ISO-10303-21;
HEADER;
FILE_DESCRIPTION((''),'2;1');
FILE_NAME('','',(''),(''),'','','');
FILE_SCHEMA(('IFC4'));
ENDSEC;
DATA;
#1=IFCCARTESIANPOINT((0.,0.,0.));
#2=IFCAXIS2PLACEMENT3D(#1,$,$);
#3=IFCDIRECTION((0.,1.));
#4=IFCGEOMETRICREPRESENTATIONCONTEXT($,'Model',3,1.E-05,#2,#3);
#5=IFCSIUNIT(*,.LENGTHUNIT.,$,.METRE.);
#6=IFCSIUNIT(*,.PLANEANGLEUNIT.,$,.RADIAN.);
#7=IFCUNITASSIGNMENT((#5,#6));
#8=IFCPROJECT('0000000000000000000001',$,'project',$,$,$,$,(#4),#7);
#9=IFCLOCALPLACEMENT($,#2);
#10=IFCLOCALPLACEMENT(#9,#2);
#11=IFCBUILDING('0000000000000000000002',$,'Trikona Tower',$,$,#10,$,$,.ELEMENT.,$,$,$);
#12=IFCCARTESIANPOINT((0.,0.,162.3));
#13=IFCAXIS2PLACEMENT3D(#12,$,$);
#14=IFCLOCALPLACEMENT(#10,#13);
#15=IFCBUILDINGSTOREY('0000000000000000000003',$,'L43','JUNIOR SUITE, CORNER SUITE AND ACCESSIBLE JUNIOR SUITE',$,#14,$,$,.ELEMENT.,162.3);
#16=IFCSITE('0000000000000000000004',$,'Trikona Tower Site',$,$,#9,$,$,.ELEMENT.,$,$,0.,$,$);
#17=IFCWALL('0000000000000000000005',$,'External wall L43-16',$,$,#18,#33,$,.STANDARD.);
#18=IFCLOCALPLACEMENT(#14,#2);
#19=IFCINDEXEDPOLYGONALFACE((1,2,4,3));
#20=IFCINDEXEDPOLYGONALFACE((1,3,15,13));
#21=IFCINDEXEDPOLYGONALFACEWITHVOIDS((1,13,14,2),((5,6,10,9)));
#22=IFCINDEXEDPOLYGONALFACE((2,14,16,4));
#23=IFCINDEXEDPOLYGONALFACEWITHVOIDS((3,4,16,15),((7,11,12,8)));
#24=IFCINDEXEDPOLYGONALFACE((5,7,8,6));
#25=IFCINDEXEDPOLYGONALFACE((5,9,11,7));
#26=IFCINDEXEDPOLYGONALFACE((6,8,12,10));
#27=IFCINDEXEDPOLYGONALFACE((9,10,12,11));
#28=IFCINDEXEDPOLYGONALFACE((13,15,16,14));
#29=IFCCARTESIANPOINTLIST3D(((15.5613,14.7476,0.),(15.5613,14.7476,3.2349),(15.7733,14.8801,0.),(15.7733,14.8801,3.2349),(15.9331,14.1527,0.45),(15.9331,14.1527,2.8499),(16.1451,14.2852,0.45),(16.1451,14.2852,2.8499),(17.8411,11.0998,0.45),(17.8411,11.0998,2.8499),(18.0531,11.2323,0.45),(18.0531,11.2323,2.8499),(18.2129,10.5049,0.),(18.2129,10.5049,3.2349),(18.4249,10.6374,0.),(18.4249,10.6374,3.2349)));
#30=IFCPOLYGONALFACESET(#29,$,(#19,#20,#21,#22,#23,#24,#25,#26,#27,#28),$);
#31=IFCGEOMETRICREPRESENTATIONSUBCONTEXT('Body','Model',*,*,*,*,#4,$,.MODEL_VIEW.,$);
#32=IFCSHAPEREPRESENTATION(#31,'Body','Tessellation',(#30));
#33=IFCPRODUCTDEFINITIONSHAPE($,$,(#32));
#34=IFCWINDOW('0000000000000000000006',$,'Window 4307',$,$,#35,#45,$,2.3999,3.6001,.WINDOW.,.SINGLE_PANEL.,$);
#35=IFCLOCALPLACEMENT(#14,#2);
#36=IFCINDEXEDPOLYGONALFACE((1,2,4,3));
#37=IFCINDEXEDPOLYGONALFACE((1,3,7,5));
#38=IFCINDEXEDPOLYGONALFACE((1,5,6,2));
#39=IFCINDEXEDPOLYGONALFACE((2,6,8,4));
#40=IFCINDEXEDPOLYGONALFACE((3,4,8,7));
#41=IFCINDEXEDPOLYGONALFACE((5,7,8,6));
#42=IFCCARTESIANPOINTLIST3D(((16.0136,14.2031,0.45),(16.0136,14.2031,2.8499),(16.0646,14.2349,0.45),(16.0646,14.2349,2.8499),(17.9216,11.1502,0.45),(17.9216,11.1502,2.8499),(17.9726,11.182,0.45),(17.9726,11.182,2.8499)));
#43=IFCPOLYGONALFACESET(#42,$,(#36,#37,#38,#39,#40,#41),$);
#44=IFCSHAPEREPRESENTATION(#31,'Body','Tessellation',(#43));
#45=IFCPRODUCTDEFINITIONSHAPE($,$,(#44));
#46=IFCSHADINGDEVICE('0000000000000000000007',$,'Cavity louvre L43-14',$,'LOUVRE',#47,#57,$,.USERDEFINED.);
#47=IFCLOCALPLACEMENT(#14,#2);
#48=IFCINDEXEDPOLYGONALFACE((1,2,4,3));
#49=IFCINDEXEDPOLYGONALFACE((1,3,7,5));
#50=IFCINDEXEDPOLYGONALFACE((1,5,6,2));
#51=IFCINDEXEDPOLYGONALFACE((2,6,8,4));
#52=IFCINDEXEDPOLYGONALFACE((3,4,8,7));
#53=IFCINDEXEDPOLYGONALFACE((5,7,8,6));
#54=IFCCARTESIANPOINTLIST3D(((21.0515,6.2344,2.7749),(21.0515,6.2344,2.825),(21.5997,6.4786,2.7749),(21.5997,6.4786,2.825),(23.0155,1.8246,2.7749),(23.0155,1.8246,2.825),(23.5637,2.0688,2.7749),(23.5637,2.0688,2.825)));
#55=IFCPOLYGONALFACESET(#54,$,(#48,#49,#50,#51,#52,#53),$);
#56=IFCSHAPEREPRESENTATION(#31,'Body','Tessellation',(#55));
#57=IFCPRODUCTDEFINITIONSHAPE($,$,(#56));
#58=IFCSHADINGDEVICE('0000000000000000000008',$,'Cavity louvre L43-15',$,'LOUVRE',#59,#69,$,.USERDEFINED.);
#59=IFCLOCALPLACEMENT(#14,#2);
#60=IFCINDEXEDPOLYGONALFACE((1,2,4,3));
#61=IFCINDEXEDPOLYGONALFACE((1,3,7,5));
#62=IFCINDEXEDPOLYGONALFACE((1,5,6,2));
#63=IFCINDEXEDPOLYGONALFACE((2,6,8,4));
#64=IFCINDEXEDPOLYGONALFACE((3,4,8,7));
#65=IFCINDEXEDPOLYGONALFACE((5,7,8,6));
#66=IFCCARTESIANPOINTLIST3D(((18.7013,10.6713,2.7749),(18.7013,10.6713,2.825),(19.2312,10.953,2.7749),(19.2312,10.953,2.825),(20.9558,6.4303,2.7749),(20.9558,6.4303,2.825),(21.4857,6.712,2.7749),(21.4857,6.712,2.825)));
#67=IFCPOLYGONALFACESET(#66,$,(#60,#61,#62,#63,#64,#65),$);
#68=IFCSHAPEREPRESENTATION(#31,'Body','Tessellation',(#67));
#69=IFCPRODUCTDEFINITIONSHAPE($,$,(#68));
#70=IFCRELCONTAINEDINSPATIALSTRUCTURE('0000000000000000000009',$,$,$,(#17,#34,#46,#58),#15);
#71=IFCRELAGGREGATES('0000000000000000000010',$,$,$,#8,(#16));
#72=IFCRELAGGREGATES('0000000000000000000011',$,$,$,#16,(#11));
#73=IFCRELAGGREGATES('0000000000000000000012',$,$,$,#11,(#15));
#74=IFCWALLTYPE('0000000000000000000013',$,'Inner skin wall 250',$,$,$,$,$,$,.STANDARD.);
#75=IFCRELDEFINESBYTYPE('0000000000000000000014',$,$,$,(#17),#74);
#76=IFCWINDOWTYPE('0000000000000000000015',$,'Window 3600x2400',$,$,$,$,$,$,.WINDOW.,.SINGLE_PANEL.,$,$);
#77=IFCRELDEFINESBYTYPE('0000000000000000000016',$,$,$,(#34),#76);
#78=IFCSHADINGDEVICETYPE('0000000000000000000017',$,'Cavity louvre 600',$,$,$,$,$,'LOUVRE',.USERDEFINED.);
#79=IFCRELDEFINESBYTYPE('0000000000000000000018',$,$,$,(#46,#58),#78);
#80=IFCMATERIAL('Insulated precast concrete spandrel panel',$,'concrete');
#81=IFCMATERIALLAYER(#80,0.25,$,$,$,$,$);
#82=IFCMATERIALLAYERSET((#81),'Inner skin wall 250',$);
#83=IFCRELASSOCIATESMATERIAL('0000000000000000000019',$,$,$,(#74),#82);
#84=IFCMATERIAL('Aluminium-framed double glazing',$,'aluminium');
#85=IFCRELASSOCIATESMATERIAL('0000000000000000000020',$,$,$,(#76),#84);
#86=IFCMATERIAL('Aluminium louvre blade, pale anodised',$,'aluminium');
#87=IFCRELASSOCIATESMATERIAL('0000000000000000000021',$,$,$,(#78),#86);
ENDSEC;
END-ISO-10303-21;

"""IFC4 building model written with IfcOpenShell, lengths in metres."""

from ifc_helpers import new_model, si_unit, direction, frame, frame_2d, origin, origin_2d, place, context, subcontext, project, spatial, rectangle, extrude, material, layer, layer_set, type_object, element, fill, save


model = new_model("IFC4")

# Units and contexts
model_context = context("Model", 3, precision=1e-05, world=origin(), true_north=direction((0.0, 1.0)))
body_context = subcontext(model_context, "Body", "Model", "MODEL_VIEW")
ifc_project = project(units=[si_unit("LENGTHUNIT", "METRE"), si_unit("PLANEANGLEUNIT", "RADIAN")], contexts=[model_context])

# Site, building, storey
site_placement = place(None, origin())
site = spatial("IfcSite", under=ifc_project, at=site_placement, Name="Trikona Tower Site", CompositionType="ELEMENT", RefElevation=0.0)
building_placement = place(site_placement, origin())
building = spatial("IfcBuilding", under=site, at=building_placement, Name="Trikona Tower", CompositionType="ELEMENT")
storey_placement = place(building_placement, frame((0.0, 0.0, 162.3)))
storey = spatial("IfcBuildingStorey", under=building, at=storey_placement, Name="L43", Description="JUNIOR SUITE, CORNER SUITE AND ACCESSIBLE JUNIOR SUITE", CompositionType="ELEMENT", Elevation=162.3)

# Wall, opening, window
ifc_material_1 = material(Name="Insulated precast concrete spandrel panel", Category="concrete")
ifc_layer_1 = layer(ifc_material_1, 0.25)
ifc_layer_set_1 = layer_set([ifc_layer_1], Name="Inner skin wall 250")
wall_type_1 = type_object("IfcWallType", Name="Inner skin wall 250", PredefinedType="STANDARD", material=ifc_layer_set_1)
ifc_material_2 = material(Name="Aluminium-framed double glazing", Category="aluminium")
window_type = type_object("IfcWindowType", Name="Window 3600x2400", PartitioningType="SINGLE_PANEL", PredefinedType="WINDOW", material=ifc_material_2)
wall_1_placement = place(storey_placement, frame((18.3188, 10.5713, 0.0), z_axis=(0.0, 0.0, 1.0), x_axis=(-0.52999, 0.848004, 0.0)))
wall_1 = element("IfcWall", 1, at=wall_1_placement, inside=storey, type_object=wall_type_1, Name="External wall L43-16", PredefinedType="STANDARD", context=body_context, shape_type="SweptSolid", body=[
    extrude(rectangle(XDim=5.0032, YDim=0.25, at=frame_2d((2.5015, 0.0))), origin(), (0.0, 0.0, 1.0), 3.2349),
])
opening_1_placement = place(wall_1_placement, frame((0.7014, 0.0, 0.45)))
opening_1 = element("IfcOpeningElement", 2, at=opening_1_placement, cuts=wall_1, PredefinedType="OPENING", context=body_context, shape_type="SweptSolid", body=[
    extrude(rectangle(XDim=3.6001, YDim=2.3999, at=frame_2d((1.8, 1.2))), frame((0.0, 0.135, 0.0), z_axis=(0.0, -1.0, 0.0), x_axis=(1.0, 0.0, 0.0)), (0.0, 0.0, 1.0), 0.27),
])
window_1_placement = place(opening_1_placement, origin())
window_1 = element("IfcWindow", 3, at=window_1_placement, inside=storey, type_object=window_type, Name="Window 4307", OverallHeight=2.3999, OverallWidth=3.6001, PartitioningType="SINGLE_PANEL", PredefinedType="WINDOW", context=body_context, shape_type="SweptSolid", body=[
    extrude(rectangle(XDim=3.6001, YDim=2.3999, at=frame_2d((1.8, 1.2))), frame((0.0, 0.03, 0.0), z_axis=(0.0, -1.0, 0.0), x_axis=(1.0, 0.0, 0.0)), (0.0, 0.0, 1.0), 0.0601),
])
fill(opening_1, window_1)

# Shading devices
ifc_material_3 = material(Name="Aluminium louvre blade, pale anodised", Category="aluminium")
shading_device_type = type_object("IfcShadingDeviceType", Name="Cavity louvre 600", ElementType="LOUVRE", PredefinedType="USERDEFINED", material=ifc_material_3)
shading_device_1_placement = place(storey_placement, frame((22.3076, 4.1516, 2.7749), z_axis=(0.0, 0.0, 1.0), x_axis=(-0.406843, 0.913498, 0.0)))
element("IfcShadingDevice", 4, at=shading_device_1_placement, inside=storey, type_object=shading_device_type, Name="Cavity louvre L43-14", ObjectType="LOUVRE", PredefinedType="USERDEFINED", context=body_context, shape_type="SweptSolid", body=[
    extrude(rectangle(XDim=4.8274, YDim=0.6001, at=origin_2d()), origin(), (0.0, 0.0, 1.0), 0.05),
])
shading_device_2_placement = place(storey_placement, frame((20.0935, 8.6917, 2.7749), z_axis=(0.0, 0.0, 1.0), x_axis=(-0.469398, 0.882987, 0.0)))
element("IfcShadingDevice", 5, at=shading_device_2_placement, inside=storey, type_object=shading_device_type, Name="Cavity louvre L43-15", ObjectType="LOUVRE", PredefinedType="USERDEFINED", context=body_context, shape_type="SweptSolid", body=[
    extrude(rectangle(XDim=4.803, YDim=0.6001, at=origin_2d()), origin(), (0.0, 0.0, 1.0), 0.05),
])

save(model, "model.ifc")
